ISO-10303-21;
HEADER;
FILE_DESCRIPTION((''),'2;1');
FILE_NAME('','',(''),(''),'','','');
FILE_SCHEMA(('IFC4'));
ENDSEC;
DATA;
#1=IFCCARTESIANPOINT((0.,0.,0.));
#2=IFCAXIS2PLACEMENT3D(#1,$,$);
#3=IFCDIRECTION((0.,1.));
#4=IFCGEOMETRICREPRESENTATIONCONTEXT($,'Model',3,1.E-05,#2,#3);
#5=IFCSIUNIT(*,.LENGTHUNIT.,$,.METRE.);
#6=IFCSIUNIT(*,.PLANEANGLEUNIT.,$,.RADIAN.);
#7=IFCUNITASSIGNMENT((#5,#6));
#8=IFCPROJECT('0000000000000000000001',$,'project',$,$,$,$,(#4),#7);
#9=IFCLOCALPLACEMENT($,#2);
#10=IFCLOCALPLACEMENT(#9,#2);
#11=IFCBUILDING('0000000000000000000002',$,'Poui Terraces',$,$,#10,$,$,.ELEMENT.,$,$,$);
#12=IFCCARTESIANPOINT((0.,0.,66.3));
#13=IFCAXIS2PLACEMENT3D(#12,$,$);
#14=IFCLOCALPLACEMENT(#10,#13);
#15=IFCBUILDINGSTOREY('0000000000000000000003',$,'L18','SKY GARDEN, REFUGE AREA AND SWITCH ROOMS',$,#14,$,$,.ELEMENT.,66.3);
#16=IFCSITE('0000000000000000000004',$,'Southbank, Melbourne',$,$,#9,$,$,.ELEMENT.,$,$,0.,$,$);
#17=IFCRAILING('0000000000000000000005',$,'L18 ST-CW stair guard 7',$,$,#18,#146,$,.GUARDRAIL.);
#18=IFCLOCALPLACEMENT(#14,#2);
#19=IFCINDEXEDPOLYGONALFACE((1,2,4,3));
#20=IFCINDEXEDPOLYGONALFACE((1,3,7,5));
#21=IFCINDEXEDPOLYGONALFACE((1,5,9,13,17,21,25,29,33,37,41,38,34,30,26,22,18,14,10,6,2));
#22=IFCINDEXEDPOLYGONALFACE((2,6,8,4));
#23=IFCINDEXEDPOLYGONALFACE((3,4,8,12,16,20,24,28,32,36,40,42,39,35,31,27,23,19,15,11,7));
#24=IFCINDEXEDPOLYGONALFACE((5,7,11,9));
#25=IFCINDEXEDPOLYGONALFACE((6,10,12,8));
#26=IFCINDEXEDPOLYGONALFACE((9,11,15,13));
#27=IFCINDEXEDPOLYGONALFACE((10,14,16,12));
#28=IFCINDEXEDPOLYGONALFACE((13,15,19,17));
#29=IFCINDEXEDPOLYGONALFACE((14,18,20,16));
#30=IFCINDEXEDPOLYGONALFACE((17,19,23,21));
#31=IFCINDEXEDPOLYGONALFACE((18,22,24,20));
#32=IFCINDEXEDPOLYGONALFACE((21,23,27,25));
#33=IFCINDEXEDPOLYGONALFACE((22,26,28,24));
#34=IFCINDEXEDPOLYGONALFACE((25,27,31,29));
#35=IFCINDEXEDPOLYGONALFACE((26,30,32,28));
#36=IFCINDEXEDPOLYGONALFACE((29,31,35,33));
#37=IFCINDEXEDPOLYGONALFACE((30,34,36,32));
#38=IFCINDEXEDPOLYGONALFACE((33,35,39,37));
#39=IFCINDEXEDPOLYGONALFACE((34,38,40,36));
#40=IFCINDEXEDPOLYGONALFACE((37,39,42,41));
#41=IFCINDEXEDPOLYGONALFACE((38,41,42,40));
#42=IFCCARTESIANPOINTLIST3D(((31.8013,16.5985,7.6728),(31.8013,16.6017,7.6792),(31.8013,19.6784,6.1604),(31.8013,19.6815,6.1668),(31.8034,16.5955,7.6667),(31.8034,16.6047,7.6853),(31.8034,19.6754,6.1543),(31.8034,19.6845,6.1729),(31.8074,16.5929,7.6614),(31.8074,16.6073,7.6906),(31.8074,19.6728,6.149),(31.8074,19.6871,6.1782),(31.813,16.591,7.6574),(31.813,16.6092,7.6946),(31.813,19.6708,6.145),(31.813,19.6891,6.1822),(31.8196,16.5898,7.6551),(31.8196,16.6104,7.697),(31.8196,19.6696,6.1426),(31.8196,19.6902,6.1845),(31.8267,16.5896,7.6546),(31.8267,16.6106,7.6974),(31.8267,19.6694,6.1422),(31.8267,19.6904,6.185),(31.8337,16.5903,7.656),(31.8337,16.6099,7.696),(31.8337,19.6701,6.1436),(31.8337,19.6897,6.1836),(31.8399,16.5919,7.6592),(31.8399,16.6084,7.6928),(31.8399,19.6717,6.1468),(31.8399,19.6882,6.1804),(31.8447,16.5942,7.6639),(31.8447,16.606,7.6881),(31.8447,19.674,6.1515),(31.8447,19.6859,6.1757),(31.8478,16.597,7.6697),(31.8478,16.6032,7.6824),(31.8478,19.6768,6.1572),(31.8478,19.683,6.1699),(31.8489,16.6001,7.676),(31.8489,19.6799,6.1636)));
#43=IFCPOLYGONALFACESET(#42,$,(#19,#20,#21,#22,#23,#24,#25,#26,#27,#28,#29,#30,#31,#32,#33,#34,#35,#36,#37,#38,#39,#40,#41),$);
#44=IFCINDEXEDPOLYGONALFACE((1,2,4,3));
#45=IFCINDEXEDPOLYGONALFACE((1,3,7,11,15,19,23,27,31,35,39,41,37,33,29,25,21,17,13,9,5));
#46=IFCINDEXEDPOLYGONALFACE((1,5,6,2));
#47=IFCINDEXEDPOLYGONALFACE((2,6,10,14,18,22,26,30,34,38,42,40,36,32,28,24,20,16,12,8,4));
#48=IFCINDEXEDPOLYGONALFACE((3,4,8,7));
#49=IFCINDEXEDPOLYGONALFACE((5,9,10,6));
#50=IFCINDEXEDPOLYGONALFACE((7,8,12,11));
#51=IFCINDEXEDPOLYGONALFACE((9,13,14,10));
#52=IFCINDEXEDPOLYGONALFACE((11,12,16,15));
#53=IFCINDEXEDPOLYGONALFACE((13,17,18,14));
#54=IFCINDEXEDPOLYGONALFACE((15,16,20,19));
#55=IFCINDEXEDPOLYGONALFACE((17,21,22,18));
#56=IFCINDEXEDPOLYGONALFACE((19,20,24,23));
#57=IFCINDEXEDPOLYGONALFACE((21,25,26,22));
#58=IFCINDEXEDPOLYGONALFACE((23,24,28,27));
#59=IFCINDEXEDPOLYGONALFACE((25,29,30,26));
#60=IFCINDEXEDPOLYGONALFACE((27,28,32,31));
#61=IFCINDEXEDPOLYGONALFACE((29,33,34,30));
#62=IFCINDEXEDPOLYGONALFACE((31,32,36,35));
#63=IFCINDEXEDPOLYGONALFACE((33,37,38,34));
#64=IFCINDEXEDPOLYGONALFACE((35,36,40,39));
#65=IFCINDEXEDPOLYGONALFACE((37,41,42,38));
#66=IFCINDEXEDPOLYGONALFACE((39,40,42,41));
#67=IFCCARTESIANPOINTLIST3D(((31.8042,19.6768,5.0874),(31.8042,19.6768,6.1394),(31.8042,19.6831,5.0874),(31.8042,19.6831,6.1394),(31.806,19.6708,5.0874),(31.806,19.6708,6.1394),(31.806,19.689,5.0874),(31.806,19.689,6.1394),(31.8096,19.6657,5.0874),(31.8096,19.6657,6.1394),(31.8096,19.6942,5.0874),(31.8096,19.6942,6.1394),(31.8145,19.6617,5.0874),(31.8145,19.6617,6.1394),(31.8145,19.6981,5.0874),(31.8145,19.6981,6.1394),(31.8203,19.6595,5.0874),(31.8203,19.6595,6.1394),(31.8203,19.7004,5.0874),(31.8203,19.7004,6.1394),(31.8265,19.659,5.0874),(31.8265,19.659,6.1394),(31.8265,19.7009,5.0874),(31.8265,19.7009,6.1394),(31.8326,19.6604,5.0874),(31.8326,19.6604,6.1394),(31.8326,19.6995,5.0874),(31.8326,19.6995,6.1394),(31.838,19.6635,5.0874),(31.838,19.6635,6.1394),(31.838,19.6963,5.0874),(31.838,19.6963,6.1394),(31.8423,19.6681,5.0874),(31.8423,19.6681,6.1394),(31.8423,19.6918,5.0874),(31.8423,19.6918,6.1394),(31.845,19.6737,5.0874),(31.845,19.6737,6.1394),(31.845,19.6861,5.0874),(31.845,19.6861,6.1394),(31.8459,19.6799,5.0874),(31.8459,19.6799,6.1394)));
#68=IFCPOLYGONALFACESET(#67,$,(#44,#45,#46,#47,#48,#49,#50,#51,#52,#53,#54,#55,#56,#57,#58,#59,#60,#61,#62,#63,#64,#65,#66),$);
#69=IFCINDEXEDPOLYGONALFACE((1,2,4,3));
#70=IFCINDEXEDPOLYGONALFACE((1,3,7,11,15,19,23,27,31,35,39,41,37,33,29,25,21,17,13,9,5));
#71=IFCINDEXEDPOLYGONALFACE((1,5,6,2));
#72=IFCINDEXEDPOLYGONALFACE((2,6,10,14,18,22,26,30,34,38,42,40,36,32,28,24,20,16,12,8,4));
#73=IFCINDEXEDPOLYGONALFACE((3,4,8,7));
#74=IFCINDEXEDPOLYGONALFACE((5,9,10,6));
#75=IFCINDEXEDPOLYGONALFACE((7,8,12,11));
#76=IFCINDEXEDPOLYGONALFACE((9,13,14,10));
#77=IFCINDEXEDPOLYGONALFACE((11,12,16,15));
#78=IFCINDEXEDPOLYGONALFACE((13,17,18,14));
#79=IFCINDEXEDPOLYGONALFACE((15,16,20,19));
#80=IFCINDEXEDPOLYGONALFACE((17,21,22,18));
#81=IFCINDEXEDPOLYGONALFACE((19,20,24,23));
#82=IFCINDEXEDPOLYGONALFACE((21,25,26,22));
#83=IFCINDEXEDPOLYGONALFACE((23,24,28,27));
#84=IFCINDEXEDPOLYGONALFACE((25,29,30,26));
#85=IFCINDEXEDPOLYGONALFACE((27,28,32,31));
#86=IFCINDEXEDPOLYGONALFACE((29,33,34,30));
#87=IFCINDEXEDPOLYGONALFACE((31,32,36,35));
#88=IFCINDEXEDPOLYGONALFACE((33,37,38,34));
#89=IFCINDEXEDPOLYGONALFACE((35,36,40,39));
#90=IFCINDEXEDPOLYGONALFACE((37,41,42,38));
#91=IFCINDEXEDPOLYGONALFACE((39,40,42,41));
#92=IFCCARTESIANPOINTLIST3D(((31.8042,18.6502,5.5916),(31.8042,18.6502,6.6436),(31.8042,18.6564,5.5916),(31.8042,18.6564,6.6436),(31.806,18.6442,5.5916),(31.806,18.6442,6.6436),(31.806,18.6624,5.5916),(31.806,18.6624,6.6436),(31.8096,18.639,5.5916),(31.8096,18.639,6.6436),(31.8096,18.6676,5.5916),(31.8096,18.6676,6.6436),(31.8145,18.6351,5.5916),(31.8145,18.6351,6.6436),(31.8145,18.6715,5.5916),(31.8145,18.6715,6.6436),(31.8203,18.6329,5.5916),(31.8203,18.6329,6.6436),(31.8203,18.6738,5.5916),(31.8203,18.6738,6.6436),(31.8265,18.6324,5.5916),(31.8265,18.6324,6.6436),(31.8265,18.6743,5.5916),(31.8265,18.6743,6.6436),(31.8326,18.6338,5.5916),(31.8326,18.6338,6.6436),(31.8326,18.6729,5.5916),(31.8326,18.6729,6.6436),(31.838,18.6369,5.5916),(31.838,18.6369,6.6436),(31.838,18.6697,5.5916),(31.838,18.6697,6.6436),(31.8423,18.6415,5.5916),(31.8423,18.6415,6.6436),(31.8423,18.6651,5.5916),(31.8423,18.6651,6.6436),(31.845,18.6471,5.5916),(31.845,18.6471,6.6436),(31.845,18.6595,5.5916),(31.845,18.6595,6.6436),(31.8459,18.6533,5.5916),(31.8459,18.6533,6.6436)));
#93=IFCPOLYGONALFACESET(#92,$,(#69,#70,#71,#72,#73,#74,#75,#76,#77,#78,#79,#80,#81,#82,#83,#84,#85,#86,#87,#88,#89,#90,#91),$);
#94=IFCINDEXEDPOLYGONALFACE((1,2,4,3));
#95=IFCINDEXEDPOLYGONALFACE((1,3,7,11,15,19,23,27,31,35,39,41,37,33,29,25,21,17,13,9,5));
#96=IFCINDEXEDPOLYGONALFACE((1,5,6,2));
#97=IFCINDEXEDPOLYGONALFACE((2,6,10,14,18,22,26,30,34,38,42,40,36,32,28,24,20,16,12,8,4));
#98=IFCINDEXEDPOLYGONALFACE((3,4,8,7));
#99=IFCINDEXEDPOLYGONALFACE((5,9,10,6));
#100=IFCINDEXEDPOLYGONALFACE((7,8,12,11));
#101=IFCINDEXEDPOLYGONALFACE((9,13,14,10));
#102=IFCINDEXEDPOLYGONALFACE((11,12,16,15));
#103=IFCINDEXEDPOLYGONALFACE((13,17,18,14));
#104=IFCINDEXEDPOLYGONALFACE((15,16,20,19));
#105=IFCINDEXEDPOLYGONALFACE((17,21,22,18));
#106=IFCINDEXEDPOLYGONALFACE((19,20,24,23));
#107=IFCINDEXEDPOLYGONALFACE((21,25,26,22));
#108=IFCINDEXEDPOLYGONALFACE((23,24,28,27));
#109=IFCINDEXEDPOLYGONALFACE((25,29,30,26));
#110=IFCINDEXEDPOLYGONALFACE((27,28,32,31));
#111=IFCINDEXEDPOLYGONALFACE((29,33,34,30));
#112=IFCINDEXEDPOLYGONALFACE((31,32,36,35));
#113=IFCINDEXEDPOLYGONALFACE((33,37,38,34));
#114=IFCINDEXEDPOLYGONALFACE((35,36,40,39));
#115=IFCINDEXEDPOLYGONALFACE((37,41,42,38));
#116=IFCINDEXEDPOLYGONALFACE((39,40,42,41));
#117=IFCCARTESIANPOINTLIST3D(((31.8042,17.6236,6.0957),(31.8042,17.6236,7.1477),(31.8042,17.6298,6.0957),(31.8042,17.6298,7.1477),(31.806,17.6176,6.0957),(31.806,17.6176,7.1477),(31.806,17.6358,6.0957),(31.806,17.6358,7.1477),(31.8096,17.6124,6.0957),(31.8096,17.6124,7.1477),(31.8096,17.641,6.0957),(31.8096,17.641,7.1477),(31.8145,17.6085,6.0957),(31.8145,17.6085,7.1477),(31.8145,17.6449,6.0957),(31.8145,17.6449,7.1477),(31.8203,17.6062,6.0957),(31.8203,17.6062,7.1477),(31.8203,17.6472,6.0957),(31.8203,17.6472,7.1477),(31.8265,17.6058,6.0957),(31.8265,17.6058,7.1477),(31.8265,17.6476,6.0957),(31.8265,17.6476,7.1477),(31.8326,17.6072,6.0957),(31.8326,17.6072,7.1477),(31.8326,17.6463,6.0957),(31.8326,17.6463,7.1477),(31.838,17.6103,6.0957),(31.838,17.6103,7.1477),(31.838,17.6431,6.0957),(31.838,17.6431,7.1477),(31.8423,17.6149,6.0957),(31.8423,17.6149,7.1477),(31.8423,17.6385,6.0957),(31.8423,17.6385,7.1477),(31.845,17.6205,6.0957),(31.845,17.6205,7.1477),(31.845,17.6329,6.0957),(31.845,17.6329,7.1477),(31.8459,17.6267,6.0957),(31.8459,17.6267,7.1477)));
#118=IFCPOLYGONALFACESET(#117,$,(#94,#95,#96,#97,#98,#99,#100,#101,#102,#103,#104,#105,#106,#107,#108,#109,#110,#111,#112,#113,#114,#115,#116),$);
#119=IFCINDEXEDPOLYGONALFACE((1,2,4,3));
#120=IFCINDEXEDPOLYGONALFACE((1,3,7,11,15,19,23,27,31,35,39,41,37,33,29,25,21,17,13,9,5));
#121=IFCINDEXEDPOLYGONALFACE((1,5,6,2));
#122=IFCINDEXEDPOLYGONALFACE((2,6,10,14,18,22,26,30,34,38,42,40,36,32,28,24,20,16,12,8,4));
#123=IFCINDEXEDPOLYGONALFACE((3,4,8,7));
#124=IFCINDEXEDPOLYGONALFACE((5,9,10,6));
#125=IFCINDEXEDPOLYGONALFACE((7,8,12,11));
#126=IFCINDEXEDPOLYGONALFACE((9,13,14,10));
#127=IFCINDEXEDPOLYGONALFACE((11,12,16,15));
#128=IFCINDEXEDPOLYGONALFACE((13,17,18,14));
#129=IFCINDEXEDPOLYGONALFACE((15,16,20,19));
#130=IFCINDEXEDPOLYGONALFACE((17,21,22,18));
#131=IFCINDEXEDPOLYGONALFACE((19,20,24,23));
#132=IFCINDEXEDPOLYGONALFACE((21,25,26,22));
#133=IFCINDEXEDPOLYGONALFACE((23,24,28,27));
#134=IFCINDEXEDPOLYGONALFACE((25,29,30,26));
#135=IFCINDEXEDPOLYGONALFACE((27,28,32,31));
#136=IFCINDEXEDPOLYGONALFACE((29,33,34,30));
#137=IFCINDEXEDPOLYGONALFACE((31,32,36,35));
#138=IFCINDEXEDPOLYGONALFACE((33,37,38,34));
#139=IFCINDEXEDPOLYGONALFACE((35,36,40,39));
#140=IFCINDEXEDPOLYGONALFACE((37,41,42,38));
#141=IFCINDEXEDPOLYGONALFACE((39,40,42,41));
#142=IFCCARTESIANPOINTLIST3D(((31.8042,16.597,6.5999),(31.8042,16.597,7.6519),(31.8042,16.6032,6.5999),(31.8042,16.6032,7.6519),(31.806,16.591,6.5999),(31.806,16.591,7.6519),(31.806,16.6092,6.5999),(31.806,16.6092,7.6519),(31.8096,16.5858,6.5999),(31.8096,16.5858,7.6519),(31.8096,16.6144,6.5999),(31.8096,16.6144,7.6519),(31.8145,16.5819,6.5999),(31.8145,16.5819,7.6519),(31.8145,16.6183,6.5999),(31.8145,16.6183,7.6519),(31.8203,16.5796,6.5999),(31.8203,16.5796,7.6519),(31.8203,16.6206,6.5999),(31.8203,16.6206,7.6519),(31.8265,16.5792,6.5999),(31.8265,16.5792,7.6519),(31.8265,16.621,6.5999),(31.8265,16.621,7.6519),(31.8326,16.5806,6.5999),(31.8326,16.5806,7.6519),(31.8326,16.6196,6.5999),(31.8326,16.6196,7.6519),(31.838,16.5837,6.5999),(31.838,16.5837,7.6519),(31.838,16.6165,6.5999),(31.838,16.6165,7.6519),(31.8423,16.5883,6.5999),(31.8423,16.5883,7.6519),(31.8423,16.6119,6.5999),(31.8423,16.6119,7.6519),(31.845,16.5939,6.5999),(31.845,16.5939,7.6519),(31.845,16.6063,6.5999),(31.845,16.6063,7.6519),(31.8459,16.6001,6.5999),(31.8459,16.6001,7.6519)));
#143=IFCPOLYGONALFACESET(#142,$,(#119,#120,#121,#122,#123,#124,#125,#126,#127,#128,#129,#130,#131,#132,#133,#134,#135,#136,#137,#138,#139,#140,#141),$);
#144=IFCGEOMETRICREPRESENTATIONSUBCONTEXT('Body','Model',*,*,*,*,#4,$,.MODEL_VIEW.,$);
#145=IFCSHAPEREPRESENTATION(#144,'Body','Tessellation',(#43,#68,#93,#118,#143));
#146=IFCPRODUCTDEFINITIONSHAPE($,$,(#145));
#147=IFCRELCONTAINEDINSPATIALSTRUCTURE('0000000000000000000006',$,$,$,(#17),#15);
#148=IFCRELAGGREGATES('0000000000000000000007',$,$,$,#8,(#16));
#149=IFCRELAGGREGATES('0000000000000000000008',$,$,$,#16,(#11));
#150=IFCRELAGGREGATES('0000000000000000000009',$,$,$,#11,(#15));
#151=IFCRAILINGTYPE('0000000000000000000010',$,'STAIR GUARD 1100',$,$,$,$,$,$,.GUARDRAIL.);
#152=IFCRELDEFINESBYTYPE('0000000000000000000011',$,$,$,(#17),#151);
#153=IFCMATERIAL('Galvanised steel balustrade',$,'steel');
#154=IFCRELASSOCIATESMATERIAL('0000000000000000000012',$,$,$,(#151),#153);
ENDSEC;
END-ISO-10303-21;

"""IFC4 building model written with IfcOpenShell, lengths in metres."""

from ifc_helpers import new_model, si_unit, direction, frame, origin, origin_2d, place, context, subcontext, project, spatial, circle, extrude, material, type_object, element, save


model = new_model("IFC4")

# Units and contexts
model_context = context("Model", 3, precision=1e-05, world=origin(), true_north=direction((0.0, 1.0)))
body_context = subcontext(model_context, "Body", "Model", "MODEL_VIEW")
ifc_project = project(units=[si_unit("LENGTHUNIT", "METRE"), si_unit("PLANEANGLEUNIT", "RADIAN")], contexts=[model_context])

# Site, building, storey
site_placement = place(None, origin())
site = spatial("IfcSite", under=ifc_project, at=site_placement, Name="Southbank, Melbourne", CompositionType="ELEMENT", RefElevation=0.0)
building_placement = place(site_placement, origin())
building = spatial("IfcBuilding", under=site, at=building_placement, Name="Poui Terraces", CompositionType="ELEMENT")
storey_placement = place(building_placement, frame((0.0, 0.0, 66.3)))
storey = spatial("IfcBuildingStorey", under=building, at=storey_placement, Name="L18", Description="SKY GARDEN, REFUGE AREA AND SWITCH ROOMS", CompositionType="ELEMENT", Elevation=66.3)

# Railing
ifc_material_1 = material(Name="Galvanised steel balustrade", Category="steel")
railing_type_1 = type_object("IfcRailingType", Name="STAIR GUARD 1100", PredefinedType="GUARDRAIL", material=ifc_material_1)
railing_1_placement = place(storey_placement, frame((31.825, 19.6799, 5.0874)))
element("IfcRailing", 1, at=railing_1_placement, inside=storey, type_object=railing_type_1, Name="L18 ST-CW stair guard 7", PredefinedType="GUARDRAIL", context=body_context, shape_type="SweptSolid", body=[
    extrude(circle(Radius=0.0239, at=origin_2d()), frame((0.0, 0.0, 1.0762), z_axis=(0.0, -0.897606, 0.440798), x_axis=(1.0, 0.0, 0.0)), (0.0, 0.0, 1.0), 3.4312),
    extrude(circle(Radius=0.021, at=origin_2d()), origin(), (0.0, 0.0, 1.0), 1.052),
    extrude(circle(Radius=0.021, at=origin_2d()), frame((0.0, -1.0266, 0.5042)), (0.0, 0.0, 1.0), 1.052),
    extrude(circle(Radius=0.021, at=origin_2d()), frame((0.0, -2.0532, 1.0083)), (0.0, 0.0, 1.0), 1.052),
    extrude(circle(Radius=0.021, at=origin_2d()), frame((0.0, -3.0798, 1.5125)), (0.0, 0.0, 1.0), 1.052),
])

save(model, "model.ifc")
